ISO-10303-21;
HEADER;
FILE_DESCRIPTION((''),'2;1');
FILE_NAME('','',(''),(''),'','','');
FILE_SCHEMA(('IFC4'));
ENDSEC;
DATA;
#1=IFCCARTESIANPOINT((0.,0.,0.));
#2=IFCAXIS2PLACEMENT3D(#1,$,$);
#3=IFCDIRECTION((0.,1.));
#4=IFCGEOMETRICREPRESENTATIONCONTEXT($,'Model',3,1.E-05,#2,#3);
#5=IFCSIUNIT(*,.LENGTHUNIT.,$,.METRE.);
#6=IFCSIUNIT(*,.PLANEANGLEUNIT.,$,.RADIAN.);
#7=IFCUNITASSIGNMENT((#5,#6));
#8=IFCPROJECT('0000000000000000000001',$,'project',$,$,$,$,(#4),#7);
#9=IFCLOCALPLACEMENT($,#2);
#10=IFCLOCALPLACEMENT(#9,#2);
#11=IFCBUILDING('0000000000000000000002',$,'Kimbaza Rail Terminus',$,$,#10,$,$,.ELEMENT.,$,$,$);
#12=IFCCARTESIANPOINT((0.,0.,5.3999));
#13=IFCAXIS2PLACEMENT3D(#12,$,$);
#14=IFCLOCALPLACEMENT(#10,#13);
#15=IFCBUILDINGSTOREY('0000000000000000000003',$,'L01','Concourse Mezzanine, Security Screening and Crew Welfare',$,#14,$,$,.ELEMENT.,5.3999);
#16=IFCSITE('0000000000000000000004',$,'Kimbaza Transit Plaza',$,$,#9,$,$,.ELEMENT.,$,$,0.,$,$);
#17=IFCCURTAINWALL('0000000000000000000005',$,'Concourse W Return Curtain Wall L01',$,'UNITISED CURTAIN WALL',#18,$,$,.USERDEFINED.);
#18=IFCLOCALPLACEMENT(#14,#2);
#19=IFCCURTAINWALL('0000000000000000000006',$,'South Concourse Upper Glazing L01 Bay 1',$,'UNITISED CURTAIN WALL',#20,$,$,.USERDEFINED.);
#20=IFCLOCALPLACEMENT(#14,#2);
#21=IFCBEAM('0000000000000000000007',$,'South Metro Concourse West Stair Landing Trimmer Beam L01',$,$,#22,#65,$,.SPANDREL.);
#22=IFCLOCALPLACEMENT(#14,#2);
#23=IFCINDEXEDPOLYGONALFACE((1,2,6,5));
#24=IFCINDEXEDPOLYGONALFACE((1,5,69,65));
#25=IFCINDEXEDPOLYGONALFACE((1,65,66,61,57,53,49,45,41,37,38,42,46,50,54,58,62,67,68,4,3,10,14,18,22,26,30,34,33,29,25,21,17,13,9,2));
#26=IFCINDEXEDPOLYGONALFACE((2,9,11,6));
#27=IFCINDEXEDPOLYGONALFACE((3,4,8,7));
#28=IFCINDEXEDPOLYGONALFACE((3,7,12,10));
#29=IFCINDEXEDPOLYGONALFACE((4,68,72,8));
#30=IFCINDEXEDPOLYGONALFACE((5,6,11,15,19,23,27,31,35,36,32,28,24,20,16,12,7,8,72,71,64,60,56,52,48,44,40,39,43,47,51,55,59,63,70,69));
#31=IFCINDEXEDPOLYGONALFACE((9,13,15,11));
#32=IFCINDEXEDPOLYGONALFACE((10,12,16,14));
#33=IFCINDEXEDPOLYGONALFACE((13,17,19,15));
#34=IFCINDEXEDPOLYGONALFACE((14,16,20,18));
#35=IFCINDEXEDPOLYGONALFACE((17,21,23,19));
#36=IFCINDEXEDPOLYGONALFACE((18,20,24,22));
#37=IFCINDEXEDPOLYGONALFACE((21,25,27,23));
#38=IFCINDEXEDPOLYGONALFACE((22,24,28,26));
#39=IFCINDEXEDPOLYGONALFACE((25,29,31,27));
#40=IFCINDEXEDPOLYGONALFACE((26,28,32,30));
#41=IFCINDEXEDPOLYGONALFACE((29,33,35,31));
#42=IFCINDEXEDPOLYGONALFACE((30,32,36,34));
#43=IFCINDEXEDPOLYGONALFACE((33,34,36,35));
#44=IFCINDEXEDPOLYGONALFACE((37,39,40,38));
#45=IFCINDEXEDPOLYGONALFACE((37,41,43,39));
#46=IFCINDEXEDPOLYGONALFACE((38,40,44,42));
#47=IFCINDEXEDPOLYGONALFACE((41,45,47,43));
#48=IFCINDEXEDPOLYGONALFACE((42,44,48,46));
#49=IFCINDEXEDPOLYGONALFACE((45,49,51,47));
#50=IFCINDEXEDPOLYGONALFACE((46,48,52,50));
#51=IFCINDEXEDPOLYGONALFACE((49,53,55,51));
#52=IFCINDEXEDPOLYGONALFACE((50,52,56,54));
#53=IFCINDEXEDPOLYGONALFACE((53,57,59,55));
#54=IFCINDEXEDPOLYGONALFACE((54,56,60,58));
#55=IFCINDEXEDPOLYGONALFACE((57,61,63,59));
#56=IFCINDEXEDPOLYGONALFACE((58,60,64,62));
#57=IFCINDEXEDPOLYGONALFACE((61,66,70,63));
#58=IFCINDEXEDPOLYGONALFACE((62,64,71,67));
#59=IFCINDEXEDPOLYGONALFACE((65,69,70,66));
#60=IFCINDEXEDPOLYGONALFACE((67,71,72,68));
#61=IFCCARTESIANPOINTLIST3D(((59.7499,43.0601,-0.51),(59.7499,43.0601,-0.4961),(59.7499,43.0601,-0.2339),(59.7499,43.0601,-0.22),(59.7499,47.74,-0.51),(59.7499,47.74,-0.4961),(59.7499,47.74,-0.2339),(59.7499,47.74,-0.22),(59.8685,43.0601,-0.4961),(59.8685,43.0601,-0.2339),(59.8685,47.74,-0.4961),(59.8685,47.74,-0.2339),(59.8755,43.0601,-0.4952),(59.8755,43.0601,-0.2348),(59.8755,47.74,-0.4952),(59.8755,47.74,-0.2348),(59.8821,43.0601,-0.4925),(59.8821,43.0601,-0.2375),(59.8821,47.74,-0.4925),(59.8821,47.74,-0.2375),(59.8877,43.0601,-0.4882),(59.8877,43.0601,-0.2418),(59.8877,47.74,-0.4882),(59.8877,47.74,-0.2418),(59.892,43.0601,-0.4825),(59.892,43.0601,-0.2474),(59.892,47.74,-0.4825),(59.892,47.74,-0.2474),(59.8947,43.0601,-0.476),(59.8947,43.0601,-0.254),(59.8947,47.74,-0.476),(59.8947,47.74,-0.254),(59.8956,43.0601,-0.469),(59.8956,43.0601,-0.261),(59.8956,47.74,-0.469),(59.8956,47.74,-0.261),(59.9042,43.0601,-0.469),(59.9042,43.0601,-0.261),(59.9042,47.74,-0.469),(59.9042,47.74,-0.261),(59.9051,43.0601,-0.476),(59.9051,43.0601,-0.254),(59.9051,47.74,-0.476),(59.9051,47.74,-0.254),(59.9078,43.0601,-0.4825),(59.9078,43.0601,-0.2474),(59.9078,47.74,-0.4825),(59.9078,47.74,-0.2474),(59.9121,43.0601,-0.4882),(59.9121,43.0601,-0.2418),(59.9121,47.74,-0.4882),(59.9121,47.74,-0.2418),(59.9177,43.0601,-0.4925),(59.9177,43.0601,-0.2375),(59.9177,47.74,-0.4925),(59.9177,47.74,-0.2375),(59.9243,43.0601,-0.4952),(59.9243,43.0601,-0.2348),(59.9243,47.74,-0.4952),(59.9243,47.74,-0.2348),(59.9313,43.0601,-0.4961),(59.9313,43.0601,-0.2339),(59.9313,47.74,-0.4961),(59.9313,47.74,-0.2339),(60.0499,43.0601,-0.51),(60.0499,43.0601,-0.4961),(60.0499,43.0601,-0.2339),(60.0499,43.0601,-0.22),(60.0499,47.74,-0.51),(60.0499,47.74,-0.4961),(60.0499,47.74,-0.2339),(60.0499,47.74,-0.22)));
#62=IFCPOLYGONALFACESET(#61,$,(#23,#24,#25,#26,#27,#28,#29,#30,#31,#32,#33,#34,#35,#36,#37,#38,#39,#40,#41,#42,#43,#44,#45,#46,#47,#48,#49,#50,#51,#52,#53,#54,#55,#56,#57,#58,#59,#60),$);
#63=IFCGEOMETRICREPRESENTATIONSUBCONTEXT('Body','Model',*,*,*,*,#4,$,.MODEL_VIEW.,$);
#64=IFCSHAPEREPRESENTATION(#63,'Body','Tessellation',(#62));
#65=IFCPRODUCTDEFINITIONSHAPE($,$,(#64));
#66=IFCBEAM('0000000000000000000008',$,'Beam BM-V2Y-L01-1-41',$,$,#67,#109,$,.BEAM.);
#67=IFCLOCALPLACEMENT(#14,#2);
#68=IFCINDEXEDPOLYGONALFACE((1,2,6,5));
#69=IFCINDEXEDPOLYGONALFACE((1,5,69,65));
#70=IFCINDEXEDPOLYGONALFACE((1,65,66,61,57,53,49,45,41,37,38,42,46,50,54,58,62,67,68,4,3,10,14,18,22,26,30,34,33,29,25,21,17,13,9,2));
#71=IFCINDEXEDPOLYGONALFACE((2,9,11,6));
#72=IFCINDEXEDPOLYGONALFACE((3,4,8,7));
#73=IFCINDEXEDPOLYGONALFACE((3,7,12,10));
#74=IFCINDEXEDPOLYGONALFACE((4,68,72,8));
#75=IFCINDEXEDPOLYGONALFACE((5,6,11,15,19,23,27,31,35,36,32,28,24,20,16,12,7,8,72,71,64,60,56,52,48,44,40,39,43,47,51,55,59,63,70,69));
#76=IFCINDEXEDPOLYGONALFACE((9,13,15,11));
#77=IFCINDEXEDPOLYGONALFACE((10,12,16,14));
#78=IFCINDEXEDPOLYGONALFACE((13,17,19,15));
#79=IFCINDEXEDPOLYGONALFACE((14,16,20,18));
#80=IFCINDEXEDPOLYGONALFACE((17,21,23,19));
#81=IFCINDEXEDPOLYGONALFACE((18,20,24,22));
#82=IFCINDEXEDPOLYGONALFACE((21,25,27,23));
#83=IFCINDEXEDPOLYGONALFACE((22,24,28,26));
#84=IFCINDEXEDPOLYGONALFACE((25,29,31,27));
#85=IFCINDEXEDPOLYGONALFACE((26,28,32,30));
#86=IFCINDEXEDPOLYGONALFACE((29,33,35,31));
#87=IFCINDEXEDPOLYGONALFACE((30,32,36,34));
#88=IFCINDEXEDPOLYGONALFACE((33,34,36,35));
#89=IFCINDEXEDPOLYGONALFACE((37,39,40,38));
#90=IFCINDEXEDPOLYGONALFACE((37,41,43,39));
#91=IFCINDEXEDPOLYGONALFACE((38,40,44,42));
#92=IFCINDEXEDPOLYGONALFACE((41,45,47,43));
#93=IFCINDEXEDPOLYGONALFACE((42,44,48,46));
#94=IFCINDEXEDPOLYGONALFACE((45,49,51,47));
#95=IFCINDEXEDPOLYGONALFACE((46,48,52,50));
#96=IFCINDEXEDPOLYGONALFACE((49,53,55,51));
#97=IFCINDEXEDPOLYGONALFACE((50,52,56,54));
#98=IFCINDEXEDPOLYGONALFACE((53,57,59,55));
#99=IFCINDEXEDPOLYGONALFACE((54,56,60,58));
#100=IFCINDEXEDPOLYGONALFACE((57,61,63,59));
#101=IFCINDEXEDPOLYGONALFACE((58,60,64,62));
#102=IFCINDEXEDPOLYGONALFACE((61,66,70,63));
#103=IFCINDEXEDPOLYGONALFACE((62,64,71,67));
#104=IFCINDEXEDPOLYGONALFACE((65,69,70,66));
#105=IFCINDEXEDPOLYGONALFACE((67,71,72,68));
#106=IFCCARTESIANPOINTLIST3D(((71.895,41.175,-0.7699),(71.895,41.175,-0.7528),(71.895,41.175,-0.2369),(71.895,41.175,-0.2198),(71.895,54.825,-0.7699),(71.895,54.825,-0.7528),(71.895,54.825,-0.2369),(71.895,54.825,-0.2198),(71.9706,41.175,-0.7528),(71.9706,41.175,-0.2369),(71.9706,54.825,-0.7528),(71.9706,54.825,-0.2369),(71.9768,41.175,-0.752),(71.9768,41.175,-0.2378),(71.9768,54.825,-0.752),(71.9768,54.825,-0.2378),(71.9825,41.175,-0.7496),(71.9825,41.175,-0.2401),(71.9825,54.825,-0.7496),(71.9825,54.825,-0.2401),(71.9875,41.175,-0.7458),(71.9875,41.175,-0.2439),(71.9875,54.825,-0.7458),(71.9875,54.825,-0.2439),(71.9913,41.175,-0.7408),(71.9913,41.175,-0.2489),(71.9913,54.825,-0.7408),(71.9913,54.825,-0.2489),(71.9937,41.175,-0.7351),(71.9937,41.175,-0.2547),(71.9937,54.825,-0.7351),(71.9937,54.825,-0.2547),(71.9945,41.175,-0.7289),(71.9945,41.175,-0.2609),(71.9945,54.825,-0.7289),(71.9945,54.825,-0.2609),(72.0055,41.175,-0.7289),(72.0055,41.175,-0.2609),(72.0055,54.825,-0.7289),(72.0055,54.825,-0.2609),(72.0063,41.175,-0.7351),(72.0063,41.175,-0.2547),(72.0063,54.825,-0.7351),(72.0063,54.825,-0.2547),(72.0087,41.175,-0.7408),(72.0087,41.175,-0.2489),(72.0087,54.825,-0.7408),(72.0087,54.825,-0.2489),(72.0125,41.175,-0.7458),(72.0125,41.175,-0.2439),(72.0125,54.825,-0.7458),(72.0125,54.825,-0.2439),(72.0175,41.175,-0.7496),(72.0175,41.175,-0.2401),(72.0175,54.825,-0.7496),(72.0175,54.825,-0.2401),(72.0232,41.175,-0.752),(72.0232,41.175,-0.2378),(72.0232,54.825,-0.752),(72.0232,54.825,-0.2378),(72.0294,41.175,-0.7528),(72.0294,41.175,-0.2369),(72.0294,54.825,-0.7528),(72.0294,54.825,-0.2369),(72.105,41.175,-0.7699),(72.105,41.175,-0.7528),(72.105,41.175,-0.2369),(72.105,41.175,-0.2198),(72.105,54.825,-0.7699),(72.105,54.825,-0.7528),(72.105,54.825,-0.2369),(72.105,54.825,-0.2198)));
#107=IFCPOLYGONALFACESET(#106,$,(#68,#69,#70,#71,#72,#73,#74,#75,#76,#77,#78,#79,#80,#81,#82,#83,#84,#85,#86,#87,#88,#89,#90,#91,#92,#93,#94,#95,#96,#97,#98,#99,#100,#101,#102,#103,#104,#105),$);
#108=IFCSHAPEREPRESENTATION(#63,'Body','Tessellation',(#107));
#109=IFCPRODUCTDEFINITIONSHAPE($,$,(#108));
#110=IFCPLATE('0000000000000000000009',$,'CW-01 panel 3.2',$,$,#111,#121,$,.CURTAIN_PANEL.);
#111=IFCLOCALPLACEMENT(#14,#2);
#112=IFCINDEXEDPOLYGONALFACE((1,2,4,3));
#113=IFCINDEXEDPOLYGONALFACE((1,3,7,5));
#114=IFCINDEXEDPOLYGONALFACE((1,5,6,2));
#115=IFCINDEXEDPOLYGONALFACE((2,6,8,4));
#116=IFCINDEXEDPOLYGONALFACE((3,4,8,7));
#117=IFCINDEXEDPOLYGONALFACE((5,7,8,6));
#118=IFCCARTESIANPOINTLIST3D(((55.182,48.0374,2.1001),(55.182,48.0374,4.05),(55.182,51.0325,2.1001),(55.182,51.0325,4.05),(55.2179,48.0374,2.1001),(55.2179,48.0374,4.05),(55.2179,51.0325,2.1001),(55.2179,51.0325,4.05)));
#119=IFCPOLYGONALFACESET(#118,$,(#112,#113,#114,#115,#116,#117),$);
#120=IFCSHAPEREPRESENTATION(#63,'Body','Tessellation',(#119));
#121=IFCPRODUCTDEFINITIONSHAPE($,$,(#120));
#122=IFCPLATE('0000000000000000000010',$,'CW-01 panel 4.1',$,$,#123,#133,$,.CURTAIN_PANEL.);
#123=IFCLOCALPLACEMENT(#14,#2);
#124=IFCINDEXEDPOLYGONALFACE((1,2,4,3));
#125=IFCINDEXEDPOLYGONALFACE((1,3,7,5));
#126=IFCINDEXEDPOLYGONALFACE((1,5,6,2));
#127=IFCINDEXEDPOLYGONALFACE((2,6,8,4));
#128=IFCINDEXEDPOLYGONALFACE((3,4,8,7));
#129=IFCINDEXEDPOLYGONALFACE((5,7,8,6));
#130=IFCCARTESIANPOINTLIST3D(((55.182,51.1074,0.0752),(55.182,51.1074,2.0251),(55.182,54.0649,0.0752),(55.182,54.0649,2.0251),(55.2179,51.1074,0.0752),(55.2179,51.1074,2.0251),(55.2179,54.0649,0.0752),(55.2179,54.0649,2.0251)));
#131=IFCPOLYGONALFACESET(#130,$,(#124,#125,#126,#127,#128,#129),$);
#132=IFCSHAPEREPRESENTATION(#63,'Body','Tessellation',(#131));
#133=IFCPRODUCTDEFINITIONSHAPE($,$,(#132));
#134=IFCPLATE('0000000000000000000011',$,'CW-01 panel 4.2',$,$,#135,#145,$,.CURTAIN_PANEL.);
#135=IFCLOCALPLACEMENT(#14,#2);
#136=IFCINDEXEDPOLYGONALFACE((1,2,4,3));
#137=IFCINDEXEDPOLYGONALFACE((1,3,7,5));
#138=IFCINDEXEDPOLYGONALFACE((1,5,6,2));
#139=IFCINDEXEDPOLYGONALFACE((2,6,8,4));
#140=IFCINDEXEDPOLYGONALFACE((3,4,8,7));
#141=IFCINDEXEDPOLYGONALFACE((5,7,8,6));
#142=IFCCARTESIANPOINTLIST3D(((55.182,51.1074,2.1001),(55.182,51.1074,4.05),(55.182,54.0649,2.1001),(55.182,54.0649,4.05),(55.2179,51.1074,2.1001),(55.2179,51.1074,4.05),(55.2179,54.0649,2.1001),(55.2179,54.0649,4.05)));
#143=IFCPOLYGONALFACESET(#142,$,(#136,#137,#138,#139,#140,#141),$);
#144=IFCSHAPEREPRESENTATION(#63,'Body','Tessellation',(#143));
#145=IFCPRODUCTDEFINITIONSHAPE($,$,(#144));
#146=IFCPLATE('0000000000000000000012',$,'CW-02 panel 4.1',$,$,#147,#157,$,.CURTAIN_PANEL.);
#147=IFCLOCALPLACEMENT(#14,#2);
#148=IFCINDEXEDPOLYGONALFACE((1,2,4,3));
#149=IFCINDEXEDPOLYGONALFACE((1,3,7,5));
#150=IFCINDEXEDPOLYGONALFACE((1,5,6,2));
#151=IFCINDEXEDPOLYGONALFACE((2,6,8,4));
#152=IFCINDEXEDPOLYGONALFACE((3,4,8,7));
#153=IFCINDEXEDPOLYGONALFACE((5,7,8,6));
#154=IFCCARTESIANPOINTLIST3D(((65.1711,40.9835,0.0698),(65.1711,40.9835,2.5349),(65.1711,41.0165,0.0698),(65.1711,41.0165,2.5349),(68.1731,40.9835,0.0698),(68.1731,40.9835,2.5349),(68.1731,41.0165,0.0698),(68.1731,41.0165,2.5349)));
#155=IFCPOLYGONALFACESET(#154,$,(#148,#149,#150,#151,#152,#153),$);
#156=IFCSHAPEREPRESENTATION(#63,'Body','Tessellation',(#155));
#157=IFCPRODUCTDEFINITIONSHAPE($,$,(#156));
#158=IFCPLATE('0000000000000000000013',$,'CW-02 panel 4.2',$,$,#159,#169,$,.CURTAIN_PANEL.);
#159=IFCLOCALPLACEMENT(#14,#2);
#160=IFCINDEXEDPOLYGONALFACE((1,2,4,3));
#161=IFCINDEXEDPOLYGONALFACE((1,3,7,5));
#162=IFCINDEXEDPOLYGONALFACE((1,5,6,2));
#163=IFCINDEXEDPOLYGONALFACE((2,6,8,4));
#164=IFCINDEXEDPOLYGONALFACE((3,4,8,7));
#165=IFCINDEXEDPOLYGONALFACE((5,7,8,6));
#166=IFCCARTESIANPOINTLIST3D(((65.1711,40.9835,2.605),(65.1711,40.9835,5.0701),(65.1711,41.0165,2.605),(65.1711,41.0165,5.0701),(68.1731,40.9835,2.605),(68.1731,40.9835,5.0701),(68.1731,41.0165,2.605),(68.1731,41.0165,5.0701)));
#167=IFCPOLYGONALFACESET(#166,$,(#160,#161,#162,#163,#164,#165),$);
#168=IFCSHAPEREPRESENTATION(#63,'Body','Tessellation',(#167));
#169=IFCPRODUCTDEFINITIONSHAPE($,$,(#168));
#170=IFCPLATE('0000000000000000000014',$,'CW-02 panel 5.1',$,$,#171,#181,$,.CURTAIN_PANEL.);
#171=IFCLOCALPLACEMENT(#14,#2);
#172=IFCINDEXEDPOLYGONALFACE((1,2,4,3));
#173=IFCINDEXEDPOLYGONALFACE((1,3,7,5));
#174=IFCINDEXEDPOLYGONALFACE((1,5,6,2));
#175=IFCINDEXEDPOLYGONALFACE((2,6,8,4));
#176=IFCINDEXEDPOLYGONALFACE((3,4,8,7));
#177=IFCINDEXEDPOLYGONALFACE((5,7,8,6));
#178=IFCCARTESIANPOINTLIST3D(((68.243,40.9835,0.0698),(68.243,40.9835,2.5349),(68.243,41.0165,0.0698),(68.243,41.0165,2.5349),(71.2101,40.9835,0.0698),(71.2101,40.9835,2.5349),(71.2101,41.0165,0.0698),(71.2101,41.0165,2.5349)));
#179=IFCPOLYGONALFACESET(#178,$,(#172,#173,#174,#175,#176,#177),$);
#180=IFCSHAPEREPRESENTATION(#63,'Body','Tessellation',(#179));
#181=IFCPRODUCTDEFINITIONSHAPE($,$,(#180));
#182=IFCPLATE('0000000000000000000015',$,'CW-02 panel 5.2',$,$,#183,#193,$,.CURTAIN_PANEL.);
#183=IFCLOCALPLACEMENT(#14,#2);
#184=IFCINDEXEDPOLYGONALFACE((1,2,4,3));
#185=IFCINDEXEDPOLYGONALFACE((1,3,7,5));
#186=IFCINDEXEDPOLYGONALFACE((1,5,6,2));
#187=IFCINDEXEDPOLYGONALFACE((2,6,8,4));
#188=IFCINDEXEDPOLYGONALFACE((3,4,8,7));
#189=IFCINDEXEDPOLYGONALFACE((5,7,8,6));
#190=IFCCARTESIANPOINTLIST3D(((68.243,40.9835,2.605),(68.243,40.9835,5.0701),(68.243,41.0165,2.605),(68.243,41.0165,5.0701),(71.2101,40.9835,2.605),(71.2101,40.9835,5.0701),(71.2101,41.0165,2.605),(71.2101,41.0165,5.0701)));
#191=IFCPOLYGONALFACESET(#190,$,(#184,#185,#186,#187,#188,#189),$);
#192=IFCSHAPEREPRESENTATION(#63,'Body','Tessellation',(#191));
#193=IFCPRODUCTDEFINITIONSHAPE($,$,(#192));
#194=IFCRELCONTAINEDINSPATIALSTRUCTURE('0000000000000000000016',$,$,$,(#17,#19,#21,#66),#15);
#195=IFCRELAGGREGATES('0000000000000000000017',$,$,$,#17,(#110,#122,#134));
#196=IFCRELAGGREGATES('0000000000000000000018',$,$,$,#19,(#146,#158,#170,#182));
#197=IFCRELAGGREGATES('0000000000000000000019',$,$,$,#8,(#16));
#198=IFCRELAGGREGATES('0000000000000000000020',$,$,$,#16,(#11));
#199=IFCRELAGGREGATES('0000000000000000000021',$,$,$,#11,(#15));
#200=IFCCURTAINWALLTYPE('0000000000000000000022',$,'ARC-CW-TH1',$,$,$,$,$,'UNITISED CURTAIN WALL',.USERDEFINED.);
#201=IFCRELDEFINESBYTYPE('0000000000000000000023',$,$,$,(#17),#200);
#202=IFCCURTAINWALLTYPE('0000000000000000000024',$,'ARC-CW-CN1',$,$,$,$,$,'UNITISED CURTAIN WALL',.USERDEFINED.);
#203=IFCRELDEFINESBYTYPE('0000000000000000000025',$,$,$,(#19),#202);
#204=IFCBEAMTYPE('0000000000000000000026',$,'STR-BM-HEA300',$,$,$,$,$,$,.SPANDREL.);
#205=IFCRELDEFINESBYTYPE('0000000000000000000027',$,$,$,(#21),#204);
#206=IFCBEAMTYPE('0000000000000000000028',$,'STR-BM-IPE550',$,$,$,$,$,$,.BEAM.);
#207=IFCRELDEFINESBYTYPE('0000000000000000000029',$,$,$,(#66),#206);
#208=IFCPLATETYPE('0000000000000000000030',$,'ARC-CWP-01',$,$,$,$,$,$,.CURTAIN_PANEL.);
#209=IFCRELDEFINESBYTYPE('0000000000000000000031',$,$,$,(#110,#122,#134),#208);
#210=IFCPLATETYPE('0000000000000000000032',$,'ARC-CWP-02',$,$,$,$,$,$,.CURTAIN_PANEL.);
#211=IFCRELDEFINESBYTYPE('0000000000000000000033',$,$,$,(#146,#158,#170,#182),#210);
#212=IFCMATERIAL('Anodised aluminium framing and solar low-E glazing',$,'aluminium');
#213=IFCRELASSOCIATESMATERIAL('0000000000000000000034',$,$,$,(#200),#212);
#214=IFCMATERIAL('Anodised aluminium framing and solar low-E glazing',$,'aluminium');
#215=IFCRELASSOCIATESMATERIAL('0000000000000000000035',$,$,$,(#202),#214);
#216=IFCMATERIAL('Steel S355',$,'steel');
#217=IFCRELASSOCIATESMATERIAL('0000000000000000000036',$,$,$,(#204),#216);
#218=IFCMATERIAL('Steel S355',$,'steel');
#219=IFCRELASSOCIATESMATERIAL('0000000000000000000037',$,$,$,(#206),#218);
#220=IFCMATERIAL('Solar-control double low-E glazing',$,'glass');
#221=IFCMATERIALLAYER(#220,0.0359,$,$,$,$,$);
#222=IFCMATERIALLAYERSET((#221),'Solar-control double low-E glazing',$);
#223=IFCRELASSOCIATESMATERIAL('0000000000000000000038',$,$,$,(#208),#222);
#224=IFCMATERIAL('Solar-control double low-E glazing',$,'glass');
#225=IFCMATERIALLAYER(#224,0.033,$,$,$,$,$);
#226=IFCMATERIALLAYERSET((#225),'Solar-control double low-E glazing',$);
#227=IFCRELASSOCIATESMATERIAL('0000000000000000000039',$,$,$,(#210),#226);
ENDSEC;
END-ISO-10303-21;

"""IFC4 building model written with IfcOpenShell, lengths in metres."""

from ifc_helpers import new_model, si_unit, direction, frame, origin, origin_2d, place, context, subcontext, project, spatial, rectangle, i_section, extrude, material, layer, layer_set, material_profile, profile_set, type_object, element, aggregate, save


model = new_model("IFC4")

# Units and contexts
model_context = context("Model", 3, precision=1e-05, world=origin(), true_north=direction((0.0, 1.0)))
body_context = subcontext(model_context, "Body", "Model", "MODEL_VIEW")
ifc_project = project(units=[si_unit("LENGTHUNIT", "METRE"), si_unit("PLANEANGLEUNIT", "RADIAN")], contexts=[model_context])

# Site, building, storey
site_placement = place(None, origin())
site = spatial("IfcSite", under=ifc_project, at=site_placement, Name="Kimbaza Transit Plaza", CompositionType="ELEMENT", RefElevation=0.0)
building_placement = place(site_placement, origin())
building = spatial("IfcBuilding", under=site, at=building_placement, Name="Kimbaza Rail Terminus", CompositionType="ELEMENT")
storey_placement = place(building_placement, frame((0.0, 0.0, 5.3999)))
storey = spatial("IfcBuildingStorey", under=building, at=storey_placement, Name="L01", Description="Concourse Mezzanine, Security Screening and Crew Welfare", CompositionType="ELEMENT", Elevation=5.3999)

# Curtain wall
ifc_material_1 = material(Name="Anodised aluminium framing and solar low-E glazing", Category="aluminium")
curtain_wall_type_1 = type_object("IfcCurtainWallType", Name="ARC-CW-TH1", ElementType="UNITISED CURTAIN WALL", PredefinedType="USERDEFINED", material=ifc_material_1)
curtain_wall_1_placement = place(storey_placement, origin())
curtain_wall_1 = element("IfcCurtainWall", 1, at=curtain_wall_1_placement, inside=storey, type_object=curtain_wall_type_1, Name="Concourse W Return Curtain Wall L01", ObjectType="UNITISED CURTAIN WALL", PredefinedType="USERDEFINED")

# Curtain wall
ifc_material_2 = material(Name="Anodised aluminium framing and solar low-E glazing", Category="aluminium")
curtain_wall_type_2 = type_object("IfcCurtainWallType", Name="ARC-CW-CN1", ElementType="UNITISED CURTAIN WALL", PredefinedType="USERDEFINED", material=ifc_material_2)
curtain_wall_2_placement = place(storey_placement, origin())
curtain_wall_2 = element("IfcCurtainWall", 2, at=curtain_wall_2_placement, inside=storey, type_object=curtain_wall_type_2, Name="South Concourse Upper Glazing L01 Bay 1", ObjectType="UNITISED CURTAIN WALL", PredefinedType="USERDEFINED")

# Beams
ifc_material_3 = material(Name="Steel S355", Category="steel")
ifc_material_profile_1 = material_profile(ifc_material_3, i_section(OverallWidth=0.3, OverallDepth=0.29, WebThickness=0.0085, FlangeThickness=0.0139, FilletRadius=0.0271, at=origin_2d()), Name="HEA 300")
ifc_profile_set_1 = profile_set([ifc_material_profile_1], Name="Steel S355")
beam_type_1 = type_object("IfcBeamType", Name="STR-BM-HEA300", PredefinedType="SPANDREL", material=ifc_profile_set_1)
beam_1_placement = place(storey_placement, frame((59.8999, 43.0601, -0.365), z_axis=(0.0, 1.0, 0.0), x_axis=(-1.0, 0.0, 0.0)))
element("IfcBeam", 3, at=beam_1_placement, inside=storey, type_object=beam_type_1, Name="South Metro Concourse West Stair Landing Trimmer Beam L01", PredefinedType="SPANDREL", context=body_context, shape_type="SweptSolid", body=[
    extrude(i_section(OverallWidth=0.3, OverallDepth=0.29, WebThickness=0.0085, FlangeThickness=0.0139, FilletRadius=0.0271, at=origin_2d()), origin(), (0.0, 0.0, 1.0), 4.6799),
])
ifc_material_4 = material(Name="Steel S355", Category="steel")
ifc_material_profile_2 = material_profile(ifc_material_4, i_section(OverallWidth=0.21, OverallDepth=0.55, WebThickness=0.011, FlangeThickness=0.0171, FilletRadius=0.0239, at=origin_2d()), Name="IPE 550")
ifc_profile_set_2 = profile_set([ifc_material_profile_2], Name="Steel S355")
beam_type_2 = type_object("IfcBeamType", Name="STR-BM-IPE550", PredefinedType="BEAM", material=ifc_profile_set_2)
beam_2_placement = place(storey_placement, frame((72.0, 41.175, -0.4949), z_axis=(0.0, 1.0, 0.0), x_axis=(-1.0, 0.0, 0.0)))
element("IfcBeam", 4, at=beam_2_placement, inside=storey, type_object=beam_type_2, Name="Beam BM-V2Y-L01-1-41", PredefinedType="BEAM", context=body_context, shape_type="SweptSolid", body=[
    extrude(i_section(OverallWidth=0.21, OverallDepth=0.55, WebThickness=0.011, FlangeThickness=0.0171, FilletRadius=0.0239, at=origin_2d()), origin(), (0.0, 0.0, 1.0), 13.6499),
])

# Plates
ifc_material_5 = material(Name="Solar-control double low-E glazing", Category="glass")
ifc_layer_1 = layer(ifc_material_5, 0.0359)
ifc_layer_set_1 = layer_set([ifc_layer_1], Name="Solar-control double low-E glazing")
plate_type_1 = type_object("IfcPlateType", Name="ARC-CWP-01", PredefinedType="CURTAIN_PANEL", material=ifc_layer_set_1)
plate_1_placement = place(storey_placement, frame((55.2, 49.5349, 2.1001), z_axis=(0.0, 0.0, 1.0), x_axis=(0.0, 1.0, 0.0)))
plate_1 = element("IfcPlate", 5, at=plate_1_placement, type_object=plate_type_1, Name="CW-01 panel 3.2", PredefinedType="CURTAIN_PANEL", context=body_context, shape_type="SweptSolid", body=[
    extrude(rectangle(XDim=2.9951, YDim=0.0359, at=origin_2d()), origin(), (0.0, 0.0, 1.0), 1.95),
])
plate_2_placement = place(storey_placement, frame((55.2, 52.5862, 0.0752), z_axis=(0.0, 0.0, 1.0), x_axis=(0.0, 1.0, 0.0)))
plate_2 = element("IfcPlate", 6, at=plate_2_placement, type_object=plate_type_1, Name="CW-01 panel 4.1", PredefinedType="CURTAIN_PANEL", context=body_context, shape_type="SweptSolid", body=[
    extrude(rectangle(XDim=2.9575, YDim=0.0359, at=origin_2d()), origin(), (0.0, 0.0, 1.0), 1.95),
])
plate_3_placement = place(storey_placement, frame((55.2, 52.5862, 2.1001), z_axis=(0.0, 0.0, 1.0), x_axis=(0.0, 1.0, 0.0)))
plate_3 = element("IfcPlate", 7, at=plate_3_placement, type_object=plate_type_1, Name="CW-01 panel 4.2", PredefinedType="CURTAIN_PANEL", context=body_context, shape_type="SweptSolid", body=[
    extrude(rectangle(XDim=2.9575, YDim=0.0359, at=origin_2d()), origin(), (0.0, 0.0, 1.0), 1.95),
])
aggregate(curtain_wall_1, [plate_1, plate_2, plate_3])
ifc_material_6 = material(Name="Solar-control double low-E glazing", Category="glass")
ifc_layer_2 = layer(ifc_material_6, 0.033)
ifc_layer_set_2 = layer_set([ifc_layer_2], Name="Solar-control double low-E glazing")
plate_type_2 = type_object("IfcPlateType", Name="ARC-CWP-02", PredefinedType="CURTAIN_PANEL", material=ifc_layer_set_2)
plate_4_placement = place(storey_placement, frame((66.6721, 41.0, 0.0698), z_axis=(0.0, 0.0, 1.0), x_axis=(1.0, 0.0, 0.0)))
plate_4 = element("IfcPlate", 8, at=plate_4_placement, type_object=plate_type_2, Name="CW-02 panel 4.1", PredefinedType="CURTAIN_PANEL", context=body_context, shape_type="SweptSolid", body=[
    extrude(rectangle(XDim=3.002, YDim=0.033, at=origin_2d()), origin(), (0.0, 0.0, 1.0), 2.4651),
])
plate_5_placement = place(storey_placement, frame((66.6721, 41.0, 2.605), z_axis=(0.0, 0.0, 1.0), x_axis=(1.0, 0.0, 0.0)))
plate_5 = element("IfcPlate", 9, at=plate_5_placement, type_object=plate_type_2, Name="CW-02 panel 4.2", PredefinedType="CURTAIN_PANEL", context=body_context, shape_type="SweptSolid", body=[
    extrude(rectangle(XDim=3.002, YDim=0.033, at=origin_2d()), origin(), (0.0, 0.0, 1.0), 2.4651),
])
plate_6_placement = place(storey_placement, frame((69.7266, 41.0, 0.0698), z_axis=(0.0, 0.0, 1.0), x_axis=(1.0, 0.0, 0.0)))
plate_6 = element("IfcPlate", 10, at=plate_6_placement, type_object=plate_type_2, Name="CW-02 panel 5.1", PredefinedType="CURTAIN_PANEL", context=body_context, shape_type="SweptSolid", body=[
    extrude(rectangle(XDim=2.967, YDim=0.033, at=origin_2d()), origin(), (0.0, 0.0, 1.0), 2.4651),
])
plate_7_placement = place(storey_placement, frame((69.7266, 41.0, 2.605), z_axis=(0.0, 0.0, 1.0), x_axis=(1.0, 0.0, 0.0)))
plate_7 = element("IfcPlate", 11, at=plate_7_placement, type_object=plate_type_2, Name="CW-02 panel 5.2", PredefinedType="CURTAIN_PANEL", context=body_context, shape_type="SweptSolid", body=[
    extrude(rectangle(XDim=2.967, YDim=0.033, at=origin_2d()), origin(), (0.0, 0.0, 1.0), 2.4651),
])
aggregate(curtain_wall_2, [plate_4, plate_5, plate_6, plate_7])

save(model, "model.ifc")
